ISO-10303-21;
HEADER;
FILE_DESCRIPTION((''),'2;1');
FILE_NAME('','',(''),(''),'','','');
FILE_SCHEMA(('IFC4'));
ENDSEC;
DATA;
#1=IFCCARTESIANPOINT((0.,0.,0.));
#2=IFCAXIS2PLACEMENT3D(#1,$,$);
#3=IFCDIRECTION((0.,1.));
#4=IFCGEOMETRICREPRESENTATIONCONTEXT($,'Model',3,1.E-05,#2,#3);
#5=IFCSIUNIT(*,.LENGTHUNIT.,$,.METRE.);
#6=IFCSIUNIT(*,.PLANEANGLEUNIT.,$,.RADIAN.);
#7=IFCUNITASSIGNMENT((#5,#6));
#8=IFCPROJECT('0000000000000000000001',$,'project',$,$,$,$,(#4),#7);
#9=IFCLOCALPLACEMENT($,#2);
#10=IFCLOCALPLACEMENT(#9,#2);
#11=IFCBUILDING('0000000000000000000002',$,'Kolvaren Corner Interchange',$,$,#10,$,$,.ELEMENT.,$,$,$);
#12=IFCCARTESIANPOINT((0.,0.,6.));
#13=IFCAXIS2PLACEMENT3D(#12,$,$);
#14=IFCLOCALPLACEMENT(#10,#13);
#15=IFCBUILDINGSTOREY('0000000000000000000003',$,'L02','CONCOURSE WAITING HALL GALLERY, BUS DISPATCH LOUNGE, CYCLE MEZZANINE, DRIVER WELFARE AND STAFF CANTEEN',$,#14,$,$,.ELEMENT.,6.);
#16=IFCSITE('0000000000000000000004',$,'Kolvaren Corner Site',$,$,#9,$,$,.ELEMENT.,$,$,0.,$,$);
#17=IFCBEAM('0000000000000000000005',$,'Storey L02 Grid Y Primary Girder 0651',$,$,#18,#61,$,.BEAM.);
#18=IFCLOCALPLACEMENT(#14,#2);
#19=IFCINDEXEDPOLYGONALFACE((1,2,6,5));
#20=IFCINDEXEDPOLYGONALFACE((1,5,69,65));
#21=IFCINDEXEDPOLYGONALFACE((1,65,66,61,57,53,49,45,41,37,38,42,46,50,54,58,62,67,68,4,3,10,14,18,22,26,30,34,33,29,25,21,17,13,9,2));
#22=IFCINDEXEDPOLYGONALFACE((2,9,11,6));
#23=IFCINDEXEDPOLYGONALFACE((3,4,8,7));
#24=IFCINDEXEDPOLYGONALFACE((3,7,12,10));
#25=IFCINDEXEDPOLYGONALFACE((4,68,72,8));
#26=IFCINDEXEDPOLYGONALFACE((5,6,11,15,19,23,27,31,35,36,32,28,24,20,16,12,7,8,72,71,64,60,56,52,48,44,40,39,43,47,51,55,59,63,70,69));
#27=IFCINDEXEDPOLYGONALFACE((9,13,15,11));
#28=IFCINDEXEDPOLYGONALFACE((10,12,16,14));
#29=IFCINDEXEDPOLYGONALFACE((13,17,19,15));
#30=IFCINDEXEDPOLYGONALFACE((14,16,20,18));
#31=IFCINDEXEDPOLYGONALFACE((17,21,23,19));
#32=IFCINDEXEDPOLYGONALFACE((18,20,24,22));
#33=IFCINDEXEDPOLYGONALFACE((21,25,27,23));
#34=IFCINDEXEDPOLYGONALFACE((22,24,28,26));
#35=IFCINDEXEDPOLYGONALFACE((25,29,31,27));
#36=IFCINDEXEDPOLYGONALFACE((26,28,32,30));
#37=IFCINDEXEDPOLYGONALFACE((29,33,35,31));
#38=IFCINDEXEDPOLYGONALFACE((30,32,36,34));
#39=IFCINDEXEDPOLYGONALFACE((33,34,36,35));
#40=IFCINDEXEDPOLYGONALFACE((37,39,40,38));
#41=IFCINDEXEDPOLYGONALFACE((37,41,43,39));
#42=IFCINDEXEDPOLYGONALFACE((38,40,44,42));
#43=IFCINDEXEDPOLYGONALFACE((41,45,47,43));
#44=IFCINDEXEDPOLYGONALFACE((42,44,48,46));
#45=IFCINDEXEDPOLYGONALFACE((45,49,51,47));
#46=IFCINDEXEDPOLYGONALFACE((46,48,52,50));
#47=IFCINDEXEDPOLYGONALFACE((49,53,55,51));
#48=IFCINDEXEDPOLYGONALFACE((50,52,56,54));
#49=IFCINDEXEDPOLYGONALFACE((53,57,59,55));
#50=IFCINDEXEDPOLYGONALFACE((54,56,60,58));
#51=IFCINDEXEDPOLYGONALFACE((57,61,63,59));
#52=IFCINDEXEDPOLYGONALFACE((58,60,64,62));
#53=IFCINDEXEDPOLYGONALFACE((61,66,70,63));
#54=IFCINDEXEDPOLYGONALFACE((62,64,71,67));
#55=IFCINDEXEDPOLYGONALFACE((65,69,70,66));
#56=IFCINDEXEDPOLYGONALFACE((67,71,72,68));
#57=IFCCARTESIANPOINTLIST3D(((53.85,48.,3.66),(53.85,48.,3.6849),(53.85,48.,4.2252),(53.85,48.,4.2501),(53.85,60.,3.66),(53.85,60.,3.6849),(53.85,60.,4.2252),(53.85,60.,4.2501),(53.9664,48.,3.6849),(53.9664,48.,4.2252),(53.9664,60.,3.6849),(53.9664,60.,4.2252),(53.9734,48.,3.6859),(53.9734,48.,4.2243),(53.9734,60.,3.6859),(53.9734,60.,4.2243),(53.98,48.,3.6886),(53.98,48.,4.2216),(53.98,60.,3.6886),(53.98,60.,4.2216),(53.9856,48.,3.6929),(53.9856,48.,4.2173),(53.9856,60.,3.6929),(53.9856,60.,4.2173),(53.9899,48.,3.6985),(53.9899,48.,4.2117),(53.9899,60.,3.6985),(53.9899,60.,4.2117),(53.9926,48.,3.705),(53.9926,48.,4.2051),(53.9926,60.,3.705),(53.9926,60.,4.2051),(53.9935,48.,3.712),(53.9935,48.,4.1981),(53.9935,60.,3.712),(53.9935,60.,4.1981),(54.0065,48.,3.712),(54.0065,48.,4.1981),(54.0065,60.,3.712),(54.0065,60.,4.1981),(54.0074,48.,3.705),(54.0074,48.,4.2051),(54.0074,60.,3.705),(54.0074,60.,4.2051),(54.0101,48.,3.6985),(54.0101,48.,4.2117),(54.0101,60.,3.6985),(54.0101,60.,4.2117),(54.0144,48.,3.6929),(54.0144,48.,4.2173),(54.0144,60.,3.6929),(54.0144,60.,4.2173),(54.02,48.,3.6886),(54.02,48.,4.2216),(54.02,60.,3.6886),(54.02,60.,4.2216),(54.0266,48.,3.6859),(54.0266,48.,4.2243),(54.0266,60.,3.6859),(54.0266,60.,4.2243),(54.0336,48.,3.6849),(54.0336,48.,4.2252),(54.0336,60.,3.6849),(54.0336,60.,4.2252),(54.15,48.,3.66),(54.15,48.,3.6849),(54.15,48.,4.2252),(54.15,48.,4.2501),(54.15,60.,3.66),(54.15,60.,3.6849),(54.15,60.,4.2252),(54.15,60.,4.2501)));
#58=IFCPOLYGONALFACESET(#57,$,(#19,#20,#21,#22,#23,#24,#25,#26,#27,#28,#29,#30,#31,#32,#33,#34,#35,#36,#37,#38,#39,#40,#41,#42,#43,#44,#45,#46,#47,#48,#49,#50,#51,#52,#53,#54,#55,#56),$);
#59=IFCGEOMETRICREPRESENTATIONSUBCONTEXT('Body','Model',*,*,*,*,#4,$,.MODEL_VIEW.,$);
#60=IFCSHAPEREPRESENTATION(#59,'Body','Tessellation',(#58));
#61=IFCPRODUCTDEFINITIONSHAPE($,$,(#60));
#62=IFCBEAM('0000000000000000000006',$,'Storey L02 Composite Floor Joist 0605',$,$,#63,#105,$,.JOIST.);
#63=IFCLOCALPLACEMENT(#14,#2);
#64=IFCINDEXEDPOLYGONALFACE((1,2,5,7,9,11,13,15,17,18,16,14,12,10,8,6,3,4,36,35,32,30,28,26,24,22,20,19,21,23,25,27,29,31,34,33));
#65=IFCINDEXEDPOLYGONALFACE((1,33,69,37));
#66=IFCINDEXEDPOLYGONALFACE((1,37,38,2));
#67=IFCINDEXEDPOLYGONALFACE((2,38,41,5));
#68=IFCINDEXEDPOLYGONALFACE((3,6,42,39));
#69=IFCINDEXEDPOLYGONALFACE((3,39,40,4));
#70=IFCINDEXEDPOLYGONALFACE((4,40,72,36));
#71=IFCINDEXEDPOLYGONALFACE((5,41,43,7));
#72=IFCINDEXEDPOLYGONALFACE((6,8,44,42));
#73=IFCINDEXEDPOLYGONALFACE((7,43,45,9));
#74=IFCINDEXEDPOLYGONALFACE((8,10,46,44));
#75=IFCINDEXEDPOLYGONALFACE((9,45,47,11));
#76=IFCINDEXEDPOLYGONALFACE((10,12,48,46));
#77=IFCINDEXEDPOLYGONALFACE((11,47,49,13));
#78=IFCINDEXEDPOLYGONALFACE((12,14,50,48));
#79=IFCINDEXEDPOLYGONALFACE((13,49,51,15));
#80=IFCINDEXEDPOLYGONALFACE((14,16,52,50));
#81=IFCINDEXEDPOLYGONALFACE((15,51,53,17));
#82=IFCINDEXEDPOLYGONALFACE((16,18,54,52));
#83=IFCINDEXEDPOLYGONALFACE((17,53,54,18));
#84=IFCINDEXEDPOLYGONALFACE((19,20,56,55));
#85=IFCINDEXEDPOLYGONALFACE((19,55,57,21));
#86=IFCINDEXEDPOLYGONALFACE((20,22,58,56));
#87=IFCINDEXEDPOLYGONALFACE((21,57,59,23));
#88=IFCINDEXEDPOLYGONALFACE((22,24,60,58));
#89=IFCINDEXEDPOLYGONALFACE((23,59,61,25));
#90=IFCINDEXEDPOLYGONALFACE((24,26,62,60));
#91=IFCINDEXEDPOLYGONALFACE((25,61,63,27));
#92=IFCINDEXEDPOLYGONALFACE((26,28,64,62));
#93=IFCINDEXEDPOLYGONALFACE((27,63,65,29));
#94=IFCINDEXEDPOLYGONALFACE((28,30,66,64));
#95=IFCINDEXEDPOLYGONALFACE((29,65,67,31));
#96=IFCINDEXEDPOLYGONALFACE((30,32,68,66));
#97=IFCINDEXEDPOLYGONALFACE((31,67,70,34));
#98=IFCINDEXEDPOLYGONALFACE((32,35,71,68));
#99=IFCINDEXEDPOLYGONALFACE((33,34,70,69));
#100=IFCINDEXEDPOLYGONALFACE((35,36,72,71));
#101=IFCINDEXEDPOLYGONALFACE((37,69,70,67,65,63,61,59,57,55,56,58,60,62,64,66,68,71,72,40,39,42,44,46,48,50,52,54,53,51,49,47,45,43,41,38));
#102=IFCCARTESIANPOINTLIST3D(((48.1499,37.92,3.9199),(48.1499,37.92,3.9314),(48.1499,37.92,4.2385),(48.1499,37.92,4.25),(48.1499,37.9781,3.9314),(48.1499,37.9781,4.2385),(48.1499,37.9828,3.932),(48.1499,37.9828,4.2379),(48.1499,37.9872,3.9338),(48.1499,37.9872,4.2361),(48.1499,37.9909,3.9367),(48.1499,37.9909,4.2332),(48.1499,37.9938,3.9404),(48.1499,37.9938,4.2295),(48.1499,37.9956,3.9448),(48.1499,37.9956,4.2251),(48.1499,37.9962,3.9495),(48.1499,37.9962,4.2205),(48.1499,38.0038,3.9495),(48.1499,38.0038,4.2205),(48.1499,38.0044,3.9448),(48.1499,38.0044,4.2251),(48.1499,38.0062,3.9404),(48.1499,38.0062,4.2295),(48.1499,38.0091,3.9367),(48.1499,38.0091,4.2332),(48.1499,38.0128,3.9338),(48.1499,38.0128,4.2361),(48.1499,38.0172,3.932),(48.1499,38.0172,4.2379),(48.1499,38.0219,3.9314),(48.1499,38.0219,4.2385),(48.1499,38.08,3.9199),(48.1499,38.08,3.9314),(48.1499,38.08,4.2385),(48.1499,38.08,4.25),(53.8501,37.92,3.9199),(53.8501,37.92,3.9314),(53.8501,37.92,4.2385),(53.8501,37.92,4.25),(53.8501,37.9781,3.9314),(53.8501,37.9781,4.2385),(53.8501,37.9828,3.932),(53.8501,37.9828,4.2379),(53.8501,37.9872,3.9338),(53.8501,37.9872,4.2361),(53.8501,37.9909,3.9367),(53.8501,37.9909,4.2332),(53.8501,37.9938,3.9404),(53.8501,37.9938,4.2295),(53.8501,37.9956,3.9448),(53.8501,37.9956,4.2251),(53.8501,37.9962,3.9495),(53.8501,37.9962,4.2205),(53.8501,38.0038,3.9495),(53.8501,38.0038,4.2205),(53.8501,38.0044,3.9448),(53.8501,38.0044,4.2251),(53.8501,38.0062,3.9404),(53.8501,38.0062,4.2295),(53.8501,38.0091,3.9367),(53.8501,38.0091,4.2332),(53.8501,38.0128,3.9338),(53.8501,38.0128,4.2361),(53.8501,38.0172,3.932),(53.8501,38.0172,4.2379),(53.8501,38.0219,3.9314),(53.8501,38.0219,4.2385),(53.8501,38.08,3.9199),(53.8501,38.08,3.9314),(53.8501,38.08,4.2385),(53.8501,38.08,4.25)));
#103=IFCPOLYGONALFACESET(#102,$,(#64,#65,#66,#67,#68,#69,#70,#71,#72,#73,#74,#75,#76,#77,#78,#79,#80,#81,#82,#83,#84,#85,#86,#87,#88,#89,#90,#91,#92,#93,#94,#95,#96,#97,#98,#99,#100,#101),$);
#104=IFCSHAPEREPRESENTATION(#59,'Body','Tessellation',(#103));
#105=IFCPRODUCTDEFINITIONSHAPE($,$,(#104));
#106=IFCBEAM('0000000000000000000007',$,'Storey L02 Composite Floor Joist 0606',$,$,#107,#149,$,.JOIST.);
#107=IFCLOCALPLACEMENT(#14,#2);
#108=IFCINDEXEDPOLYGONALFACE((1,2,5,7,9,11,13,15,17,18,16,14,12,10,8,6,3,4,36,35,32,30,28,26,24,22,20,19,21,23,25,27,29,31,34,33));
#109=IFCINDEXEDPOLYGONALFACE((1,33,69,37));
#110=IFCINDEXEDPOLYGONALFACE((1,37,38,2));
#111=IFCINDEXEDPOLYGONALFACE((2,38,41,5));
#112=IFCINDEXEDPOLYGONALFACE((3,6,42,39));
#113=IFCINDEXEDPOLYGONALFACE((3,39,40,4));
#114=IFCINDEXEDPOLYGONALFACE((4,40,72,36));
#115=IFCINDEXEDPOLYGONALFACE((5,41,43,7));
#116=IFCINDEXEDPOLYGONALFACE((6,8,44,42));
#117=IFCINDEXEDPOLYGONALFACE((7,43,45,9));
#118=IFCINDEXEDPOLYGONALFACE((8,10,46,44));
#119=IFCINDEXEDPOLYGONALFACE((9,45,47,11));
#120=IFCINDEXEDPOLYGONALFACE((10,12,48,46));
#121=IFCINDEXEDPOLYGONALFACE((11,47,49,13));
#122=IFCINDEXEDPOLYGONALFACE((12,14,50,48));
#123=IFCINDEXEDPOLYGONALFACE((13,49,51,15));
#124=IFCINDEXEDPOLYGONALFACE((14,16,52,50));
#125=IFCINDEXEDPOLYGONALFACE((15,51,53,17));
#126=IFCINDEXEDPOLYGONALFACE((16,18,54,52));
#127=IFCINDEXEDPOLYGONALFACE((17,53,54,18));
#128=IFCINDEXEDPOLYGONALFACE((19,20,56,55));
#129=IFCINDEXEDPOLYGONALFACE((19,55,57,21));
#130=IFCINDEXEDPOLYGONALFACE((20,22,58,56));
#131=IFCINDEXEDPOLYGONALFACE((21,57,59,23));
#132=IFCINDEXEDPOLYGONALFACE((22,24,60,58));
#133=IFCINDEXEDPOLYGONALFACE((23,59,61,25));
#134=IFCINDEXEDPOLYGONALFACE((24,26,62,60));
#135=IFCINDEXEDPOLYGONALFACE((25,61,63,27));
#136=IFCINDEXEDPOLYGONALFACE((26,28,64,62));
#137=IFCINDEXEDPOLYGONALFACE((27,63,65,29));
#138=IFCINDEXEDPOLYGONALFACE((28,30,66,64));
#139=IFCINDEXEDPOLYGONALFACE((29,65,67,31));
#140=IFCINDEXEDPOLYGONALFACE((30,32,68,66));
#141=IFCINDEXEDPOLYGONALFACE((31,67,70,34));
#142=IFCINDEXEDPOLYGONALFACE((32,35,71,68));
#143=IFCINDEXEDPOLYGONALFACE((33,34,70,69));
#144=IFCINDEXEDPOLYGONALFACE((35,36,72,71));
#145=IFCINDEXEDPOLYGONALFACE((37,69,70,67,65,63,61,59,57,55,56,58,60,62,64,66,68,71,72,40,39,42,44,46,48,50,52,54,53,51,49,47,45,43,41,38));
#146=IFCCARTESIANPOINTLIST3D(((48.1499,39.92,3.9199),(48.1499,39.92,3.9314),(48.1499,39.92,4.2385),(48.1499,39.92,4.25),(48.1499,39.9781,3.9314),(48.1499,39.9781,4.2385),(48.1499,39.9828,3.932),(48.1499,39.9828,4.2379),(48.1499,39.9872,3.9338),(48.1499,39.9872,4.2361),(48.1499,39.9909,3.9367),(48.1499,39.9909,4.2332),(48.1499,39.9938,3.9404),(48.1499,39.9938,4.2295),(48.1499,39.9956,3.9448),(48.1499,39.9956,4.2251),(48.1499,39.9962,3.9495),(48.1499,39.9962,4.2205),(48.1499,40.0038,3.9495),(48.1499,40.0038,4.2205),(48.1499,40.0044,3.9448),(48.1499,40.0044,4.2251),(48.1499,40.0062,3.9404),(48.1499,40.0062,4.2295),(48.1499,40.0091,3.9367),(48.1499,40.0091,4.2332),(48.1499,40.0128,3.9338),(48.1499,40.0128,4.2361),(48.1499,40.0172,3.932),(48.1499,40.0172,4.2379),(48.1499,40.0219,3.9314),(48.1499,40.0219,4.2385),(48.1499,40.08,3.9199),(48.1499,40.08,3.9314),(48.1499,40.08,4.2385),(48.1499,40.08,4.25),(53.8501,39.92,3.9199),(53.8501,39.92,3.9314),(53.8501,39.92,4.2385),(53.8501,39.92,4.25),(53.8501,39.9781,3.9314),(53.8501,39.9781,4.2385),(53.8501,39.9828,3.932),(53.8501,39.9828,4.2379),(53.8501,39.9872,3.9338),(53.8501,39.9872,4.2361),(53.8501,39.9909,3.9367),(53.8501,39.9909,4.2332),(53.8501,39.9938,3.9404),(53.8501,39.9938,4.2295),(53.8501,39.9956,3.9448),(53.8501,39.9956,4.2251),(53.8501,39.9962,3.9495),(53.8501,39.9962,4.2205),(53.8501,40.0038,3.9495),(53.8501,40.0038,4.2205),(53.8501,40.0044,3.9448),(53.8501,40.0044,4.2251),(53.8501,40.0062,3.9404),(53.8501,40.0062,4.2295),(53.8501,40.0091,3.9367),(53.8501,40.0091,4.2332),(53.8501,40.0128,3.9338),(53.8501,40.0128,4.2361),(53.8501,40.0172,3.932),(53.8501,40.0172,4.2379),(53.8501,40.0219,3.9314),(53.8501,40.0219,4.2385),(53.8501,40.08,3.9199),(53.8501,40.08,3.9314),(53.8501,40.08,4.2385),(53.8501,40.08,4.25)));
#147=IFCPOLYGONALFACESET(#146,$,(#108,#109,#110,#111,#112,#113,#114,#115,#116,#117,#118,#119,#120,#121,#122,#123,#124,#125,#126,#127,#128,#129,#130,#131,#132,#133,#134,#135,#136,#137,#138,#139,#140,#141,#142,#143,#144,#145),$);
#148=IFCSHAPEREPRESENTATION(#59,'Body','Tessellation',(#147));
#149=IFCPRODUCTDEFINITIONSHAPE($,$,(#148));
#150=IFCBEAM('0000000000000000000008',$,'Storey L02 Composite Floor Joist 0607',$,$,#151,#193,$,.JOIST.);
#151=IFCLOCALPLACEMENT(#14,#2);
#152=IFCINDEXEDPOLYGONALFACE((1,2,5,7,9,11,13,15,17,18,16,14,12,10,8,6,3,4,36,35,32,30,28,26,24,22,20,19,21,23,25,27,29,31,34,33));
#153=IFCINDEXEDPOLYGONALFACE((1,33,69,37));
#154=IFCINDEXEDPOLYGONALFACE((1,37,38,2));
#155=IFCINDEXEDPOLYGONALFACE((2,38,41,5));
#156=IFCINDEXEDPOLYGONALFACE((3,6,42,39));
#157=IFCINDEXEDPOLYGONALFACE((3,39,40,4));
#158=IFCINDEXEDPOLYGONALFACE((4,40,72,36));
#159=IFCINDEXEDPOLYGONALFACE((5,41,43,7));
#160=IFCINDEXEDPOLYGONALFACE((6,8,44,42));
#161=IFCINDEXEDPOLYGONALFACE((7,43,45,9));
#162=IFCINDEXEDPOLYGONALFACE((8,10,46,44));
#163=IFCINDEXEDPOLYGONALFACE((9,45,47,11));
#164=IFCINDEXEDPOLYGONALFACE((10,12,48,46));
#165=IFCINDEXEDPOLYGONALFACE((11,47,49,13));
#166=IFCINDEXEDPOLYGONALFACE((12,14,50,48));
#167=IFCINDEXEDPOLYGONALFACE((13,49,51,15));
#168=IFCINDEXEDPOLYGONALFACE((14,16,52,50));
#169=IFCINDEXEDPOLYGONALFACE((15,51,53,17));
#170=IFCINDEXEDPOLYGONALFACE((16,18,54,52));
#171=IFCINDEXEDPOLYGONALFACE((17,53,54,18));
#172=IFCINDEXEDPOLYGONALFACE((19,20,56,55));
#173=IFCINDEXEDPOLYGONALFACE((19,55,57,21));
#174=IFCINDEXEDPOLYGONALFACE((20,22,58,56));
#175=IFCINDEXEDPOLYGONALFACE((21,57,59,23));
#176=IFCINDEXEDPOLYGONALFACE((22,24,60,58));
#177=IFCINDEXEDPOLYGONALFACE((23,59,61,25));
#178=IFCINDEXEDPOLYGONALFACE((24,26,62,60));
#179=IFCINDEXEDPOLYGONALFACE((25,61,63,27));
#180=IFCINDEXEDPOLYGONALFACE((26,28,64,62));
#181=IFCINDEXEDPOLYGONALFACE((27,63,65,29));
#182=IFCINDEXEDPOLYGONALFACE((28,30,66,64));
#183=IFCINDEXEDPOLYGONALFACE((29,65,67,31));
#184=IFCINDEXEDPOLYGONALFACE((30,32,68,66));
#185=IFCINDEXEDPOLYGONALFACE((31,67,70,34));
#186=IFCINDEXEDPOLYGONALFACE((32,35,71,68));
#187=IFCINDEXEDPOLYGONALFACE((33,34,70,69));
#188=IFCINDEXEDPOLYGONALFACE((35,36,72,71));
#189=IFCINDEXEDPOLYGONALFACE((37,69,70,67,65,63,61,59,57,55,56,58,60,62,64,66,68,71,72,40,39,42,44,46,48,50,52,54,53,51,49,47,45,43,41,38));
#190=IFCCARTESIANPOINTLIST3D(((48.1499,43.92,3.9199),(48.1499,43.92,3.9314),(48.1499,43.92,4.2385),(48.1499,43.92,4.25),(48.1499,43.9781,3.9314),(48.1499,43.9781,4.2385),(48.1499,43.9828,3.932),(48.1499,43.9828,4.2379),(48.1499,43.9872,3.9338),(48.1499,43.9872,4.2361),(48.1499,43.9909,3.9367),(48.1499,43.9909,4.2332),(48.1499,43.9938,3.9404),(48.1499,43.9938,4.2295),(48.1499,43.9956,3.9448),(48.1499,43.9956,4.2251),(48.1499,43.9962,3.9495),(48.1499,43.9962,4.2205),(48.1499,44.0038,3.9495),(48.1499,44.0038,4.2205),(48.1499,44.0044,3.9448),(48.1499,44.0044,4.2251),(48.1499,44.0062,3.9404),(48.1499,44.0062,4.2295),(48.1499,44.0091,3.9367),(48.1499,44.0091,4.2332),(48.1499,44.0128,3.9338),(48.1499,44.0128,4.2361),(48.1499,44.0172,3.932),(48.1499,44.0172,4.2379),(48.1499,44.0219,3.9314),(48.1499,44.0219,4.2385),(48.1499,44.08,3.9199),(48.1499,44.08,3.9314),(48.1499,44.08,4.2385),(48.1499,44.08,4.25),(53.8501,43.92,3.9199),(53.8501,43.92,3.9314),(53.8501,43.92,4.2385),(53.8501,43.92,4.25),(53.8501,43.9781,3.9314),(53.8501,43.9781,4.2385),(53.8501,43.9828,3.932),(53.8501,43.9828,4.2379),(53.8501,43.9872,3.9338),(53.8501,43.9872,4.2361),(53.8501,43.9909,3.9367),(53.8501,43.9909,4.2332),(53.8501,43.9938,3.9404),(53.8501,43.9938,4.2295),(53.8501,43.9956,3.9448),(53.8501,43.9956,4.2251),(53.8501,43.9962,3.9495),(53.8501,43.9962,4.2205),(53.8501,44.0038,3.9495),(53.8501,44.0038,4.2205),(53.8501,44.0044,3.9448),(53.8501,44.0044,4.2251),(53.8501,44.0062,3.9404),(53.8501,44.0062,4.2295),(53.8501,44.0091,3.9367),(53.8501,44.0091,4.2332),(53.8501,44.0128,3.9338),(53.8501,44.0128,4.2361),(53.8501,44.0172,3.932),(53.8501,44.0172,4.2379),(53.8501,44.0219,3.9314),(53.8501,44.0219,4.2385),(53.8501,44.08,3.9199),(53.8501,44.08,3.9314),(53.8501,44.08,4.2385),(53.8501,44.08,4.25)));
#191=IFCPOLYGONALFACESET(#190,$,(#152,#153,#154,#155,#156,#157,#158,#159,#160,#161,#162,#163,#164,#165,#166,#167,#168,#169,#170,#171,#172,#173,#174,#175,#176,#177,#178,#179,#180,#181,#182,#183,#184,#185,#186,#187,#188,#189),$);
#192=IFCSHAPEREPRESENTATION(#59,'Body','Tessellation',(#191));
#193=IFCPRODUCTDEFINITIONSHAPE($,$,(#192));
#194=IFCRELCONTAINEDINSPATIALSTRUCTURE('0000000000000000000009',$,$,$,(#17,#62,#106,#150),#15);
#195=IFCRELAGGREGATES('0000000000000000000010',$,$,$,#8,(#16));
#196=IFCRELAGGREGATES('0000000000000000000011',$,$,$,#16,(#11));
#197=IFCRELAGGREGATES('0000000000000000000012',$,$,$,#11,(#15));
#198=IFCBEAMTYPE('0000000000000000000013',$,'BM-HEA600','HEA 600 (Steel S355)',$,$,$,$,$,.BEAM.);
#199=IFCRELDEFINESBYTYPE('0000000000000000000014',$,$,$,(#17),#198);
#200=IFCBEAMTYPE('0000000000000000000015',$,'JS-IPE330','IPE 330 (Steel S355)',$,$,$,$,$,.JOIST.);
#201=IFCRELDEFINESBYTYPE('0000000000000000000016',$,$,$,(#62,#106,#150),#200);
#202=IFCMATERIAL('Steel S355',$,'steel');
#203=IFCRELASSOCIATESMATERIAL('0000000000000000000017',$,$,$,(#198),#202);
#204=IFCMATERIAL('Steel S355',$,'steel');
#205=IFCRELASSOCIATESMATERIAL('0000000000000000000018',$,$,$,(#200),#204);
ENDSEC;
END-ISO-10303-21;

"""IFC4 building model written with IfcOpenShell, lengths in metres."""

from ifc_helpers import new_model, si_unit, direction, frame, origin, origin_2d, place, context, subcontext, project, spatial, i_section, extrude, material, material_profile, profile_set, type_object, element, save


model = new_model("IFC4")

# Units and contexts
model_context = context("Model", 3, precision=1e-05, world=origin(), true_north=direction((0.0, 1.0)))
body_context = subcontext(model_context, "Body", "Model", "MODEL_VIEW")
ifc_project = project(units=[si_unit("LENGTHUNIT", "METRE"), si_unit("PLANEANGLEUNIT", "RADIAN")], contexts=[model_context])

# Site, building, storey
site_placement = place(None, origin())
site = spatial("IfcSite", under=ifc_project, at=site_placement, Name="Kolvaren Corner Site", CompositionType="ELEMENT", RefElevation=0.0)
building_placement = place(site_placement, origin())
building = spatial("IfcBuilding", under=site, at=building_placement, Name="Kolvaren Corner Interchange", CompositionType="ELEMENT")
storey_placement = place(building_placement, frame((0.0, 0.0, 6.0)))
storey = spatial("IfcBuildingStorey", under=building, at=storey_placement, Name="L02", Description="CONCOURSE WAITING HALL GALLERY, BUS DISPATCH LOUNGE, CYCLE MEZZANINE, DRIVER WELFARE AND STAFF CANTEEN", CompositionType="ELEMENT", Elevation=6.0)

# Beams
ifc_material_1 = material(Name="Steel S355", Category="steel")
ifc_material_profile_1 = material_profile(ifc_material_1, i_section(OverallWidth=0.3, OverallDepth=0.5901, WebThickness=0.0129, FlangeThickness=0.0249, FilletRadius=0.0271, at=origin_2d()), Name="HEA 600")
ifc_profile_set_1 = profile_set([ifc_material_profile_1], Name="Steel S355")
beam_type_1 = type_object("IfcBeamType", Name="BM-HEA600", Description="HEA 600 (Steel S355)", PredefinedType="BEAM", material=ifc_profile_set_1)
beam_1_placement = place(storey_placement, frame((54.0, 48.0, 3.9551), z_axis=(0.0, 1.0, 0.0), x_axis=(-1.0, 0.0, 0.0)))
element("IfcBeam", 1, at=beam_1_placement, inside=storey, type_object=beam_type_1, Name="Storey L02 Grid Y Primary Girder 0651", PredefinedType="BEAM", context=body_context, shape_type="SweptSolid", body=[
    extrude(i_section(OverallWidth=0.3, OverallDepth=0.5901, WebThickness=0.0129, FlangeThickness=0.0249, FilletRadius=0.0271, at=origin_2d()), origin(), (0.0, 0.0, 1.0), 12.0),
])
ifc_material_2 = material(Name="Steel S355", Category="steel")
ifc_material_profile_2 = material_profile(ifc_material_2, i_section(OverallWidth=0.1599, OverallDepth=0.3301, WebThickness=0.0076, FlangeThickness=0.0115, FilletRadius=0.0181, at=origin_2d()), Name="IPE 330")
ifc_profile_set_2 = profile_set([ifc_material_profile_2], Name="Steel S355")
beam_type_2 = type_object("IfcBeamType", Name="JS-IPE330", Description="IPE 330 (Steel S355)", PredefinedType="JOIST", material=ifc_profile_set_2)
for number, where, z_axis, x_axis, name in (
    (2, (48.1499, 38.0, 4.085), (1.0, 0.0, 0.0), (0.0, 1.0, 0.0), "Storey L02 Composite Floor Joist 0605"),
    (3, (48.1499, 40.0, 4.085), (1.0, 0.0, 0.0), (0.0, 1.0, 0.0), "Storey L02 Composite Floor Joist 0606"),
    (4, (48.1499, 44.0, 4.085), (1.0, 0.0, 0.0), (0.0, 1.0, 0.0), "Storey L02 Composite Floor Joist 0607"),
):
    element("IfcBeam", number, at=place(storey_placement, frame(where, z_axis=z_axis, x_axis=x_axis)), inside=storey, type_object=beam_type_2, Name=name, PredefinedType="JOIST", context=body_context, shape_type="SweptSolid", body=[
        extrude(i_section(OverallWidth=0.1599, OverallDepth=0.3301, WebThickness=0.0076, FlangeThickness=0.0115, FilletRadius=0.0181, at=origin_2d()), origin(), (0.0, 0.0, 1.0), 5.7002),
    ])

save(model, "model.ifc")
